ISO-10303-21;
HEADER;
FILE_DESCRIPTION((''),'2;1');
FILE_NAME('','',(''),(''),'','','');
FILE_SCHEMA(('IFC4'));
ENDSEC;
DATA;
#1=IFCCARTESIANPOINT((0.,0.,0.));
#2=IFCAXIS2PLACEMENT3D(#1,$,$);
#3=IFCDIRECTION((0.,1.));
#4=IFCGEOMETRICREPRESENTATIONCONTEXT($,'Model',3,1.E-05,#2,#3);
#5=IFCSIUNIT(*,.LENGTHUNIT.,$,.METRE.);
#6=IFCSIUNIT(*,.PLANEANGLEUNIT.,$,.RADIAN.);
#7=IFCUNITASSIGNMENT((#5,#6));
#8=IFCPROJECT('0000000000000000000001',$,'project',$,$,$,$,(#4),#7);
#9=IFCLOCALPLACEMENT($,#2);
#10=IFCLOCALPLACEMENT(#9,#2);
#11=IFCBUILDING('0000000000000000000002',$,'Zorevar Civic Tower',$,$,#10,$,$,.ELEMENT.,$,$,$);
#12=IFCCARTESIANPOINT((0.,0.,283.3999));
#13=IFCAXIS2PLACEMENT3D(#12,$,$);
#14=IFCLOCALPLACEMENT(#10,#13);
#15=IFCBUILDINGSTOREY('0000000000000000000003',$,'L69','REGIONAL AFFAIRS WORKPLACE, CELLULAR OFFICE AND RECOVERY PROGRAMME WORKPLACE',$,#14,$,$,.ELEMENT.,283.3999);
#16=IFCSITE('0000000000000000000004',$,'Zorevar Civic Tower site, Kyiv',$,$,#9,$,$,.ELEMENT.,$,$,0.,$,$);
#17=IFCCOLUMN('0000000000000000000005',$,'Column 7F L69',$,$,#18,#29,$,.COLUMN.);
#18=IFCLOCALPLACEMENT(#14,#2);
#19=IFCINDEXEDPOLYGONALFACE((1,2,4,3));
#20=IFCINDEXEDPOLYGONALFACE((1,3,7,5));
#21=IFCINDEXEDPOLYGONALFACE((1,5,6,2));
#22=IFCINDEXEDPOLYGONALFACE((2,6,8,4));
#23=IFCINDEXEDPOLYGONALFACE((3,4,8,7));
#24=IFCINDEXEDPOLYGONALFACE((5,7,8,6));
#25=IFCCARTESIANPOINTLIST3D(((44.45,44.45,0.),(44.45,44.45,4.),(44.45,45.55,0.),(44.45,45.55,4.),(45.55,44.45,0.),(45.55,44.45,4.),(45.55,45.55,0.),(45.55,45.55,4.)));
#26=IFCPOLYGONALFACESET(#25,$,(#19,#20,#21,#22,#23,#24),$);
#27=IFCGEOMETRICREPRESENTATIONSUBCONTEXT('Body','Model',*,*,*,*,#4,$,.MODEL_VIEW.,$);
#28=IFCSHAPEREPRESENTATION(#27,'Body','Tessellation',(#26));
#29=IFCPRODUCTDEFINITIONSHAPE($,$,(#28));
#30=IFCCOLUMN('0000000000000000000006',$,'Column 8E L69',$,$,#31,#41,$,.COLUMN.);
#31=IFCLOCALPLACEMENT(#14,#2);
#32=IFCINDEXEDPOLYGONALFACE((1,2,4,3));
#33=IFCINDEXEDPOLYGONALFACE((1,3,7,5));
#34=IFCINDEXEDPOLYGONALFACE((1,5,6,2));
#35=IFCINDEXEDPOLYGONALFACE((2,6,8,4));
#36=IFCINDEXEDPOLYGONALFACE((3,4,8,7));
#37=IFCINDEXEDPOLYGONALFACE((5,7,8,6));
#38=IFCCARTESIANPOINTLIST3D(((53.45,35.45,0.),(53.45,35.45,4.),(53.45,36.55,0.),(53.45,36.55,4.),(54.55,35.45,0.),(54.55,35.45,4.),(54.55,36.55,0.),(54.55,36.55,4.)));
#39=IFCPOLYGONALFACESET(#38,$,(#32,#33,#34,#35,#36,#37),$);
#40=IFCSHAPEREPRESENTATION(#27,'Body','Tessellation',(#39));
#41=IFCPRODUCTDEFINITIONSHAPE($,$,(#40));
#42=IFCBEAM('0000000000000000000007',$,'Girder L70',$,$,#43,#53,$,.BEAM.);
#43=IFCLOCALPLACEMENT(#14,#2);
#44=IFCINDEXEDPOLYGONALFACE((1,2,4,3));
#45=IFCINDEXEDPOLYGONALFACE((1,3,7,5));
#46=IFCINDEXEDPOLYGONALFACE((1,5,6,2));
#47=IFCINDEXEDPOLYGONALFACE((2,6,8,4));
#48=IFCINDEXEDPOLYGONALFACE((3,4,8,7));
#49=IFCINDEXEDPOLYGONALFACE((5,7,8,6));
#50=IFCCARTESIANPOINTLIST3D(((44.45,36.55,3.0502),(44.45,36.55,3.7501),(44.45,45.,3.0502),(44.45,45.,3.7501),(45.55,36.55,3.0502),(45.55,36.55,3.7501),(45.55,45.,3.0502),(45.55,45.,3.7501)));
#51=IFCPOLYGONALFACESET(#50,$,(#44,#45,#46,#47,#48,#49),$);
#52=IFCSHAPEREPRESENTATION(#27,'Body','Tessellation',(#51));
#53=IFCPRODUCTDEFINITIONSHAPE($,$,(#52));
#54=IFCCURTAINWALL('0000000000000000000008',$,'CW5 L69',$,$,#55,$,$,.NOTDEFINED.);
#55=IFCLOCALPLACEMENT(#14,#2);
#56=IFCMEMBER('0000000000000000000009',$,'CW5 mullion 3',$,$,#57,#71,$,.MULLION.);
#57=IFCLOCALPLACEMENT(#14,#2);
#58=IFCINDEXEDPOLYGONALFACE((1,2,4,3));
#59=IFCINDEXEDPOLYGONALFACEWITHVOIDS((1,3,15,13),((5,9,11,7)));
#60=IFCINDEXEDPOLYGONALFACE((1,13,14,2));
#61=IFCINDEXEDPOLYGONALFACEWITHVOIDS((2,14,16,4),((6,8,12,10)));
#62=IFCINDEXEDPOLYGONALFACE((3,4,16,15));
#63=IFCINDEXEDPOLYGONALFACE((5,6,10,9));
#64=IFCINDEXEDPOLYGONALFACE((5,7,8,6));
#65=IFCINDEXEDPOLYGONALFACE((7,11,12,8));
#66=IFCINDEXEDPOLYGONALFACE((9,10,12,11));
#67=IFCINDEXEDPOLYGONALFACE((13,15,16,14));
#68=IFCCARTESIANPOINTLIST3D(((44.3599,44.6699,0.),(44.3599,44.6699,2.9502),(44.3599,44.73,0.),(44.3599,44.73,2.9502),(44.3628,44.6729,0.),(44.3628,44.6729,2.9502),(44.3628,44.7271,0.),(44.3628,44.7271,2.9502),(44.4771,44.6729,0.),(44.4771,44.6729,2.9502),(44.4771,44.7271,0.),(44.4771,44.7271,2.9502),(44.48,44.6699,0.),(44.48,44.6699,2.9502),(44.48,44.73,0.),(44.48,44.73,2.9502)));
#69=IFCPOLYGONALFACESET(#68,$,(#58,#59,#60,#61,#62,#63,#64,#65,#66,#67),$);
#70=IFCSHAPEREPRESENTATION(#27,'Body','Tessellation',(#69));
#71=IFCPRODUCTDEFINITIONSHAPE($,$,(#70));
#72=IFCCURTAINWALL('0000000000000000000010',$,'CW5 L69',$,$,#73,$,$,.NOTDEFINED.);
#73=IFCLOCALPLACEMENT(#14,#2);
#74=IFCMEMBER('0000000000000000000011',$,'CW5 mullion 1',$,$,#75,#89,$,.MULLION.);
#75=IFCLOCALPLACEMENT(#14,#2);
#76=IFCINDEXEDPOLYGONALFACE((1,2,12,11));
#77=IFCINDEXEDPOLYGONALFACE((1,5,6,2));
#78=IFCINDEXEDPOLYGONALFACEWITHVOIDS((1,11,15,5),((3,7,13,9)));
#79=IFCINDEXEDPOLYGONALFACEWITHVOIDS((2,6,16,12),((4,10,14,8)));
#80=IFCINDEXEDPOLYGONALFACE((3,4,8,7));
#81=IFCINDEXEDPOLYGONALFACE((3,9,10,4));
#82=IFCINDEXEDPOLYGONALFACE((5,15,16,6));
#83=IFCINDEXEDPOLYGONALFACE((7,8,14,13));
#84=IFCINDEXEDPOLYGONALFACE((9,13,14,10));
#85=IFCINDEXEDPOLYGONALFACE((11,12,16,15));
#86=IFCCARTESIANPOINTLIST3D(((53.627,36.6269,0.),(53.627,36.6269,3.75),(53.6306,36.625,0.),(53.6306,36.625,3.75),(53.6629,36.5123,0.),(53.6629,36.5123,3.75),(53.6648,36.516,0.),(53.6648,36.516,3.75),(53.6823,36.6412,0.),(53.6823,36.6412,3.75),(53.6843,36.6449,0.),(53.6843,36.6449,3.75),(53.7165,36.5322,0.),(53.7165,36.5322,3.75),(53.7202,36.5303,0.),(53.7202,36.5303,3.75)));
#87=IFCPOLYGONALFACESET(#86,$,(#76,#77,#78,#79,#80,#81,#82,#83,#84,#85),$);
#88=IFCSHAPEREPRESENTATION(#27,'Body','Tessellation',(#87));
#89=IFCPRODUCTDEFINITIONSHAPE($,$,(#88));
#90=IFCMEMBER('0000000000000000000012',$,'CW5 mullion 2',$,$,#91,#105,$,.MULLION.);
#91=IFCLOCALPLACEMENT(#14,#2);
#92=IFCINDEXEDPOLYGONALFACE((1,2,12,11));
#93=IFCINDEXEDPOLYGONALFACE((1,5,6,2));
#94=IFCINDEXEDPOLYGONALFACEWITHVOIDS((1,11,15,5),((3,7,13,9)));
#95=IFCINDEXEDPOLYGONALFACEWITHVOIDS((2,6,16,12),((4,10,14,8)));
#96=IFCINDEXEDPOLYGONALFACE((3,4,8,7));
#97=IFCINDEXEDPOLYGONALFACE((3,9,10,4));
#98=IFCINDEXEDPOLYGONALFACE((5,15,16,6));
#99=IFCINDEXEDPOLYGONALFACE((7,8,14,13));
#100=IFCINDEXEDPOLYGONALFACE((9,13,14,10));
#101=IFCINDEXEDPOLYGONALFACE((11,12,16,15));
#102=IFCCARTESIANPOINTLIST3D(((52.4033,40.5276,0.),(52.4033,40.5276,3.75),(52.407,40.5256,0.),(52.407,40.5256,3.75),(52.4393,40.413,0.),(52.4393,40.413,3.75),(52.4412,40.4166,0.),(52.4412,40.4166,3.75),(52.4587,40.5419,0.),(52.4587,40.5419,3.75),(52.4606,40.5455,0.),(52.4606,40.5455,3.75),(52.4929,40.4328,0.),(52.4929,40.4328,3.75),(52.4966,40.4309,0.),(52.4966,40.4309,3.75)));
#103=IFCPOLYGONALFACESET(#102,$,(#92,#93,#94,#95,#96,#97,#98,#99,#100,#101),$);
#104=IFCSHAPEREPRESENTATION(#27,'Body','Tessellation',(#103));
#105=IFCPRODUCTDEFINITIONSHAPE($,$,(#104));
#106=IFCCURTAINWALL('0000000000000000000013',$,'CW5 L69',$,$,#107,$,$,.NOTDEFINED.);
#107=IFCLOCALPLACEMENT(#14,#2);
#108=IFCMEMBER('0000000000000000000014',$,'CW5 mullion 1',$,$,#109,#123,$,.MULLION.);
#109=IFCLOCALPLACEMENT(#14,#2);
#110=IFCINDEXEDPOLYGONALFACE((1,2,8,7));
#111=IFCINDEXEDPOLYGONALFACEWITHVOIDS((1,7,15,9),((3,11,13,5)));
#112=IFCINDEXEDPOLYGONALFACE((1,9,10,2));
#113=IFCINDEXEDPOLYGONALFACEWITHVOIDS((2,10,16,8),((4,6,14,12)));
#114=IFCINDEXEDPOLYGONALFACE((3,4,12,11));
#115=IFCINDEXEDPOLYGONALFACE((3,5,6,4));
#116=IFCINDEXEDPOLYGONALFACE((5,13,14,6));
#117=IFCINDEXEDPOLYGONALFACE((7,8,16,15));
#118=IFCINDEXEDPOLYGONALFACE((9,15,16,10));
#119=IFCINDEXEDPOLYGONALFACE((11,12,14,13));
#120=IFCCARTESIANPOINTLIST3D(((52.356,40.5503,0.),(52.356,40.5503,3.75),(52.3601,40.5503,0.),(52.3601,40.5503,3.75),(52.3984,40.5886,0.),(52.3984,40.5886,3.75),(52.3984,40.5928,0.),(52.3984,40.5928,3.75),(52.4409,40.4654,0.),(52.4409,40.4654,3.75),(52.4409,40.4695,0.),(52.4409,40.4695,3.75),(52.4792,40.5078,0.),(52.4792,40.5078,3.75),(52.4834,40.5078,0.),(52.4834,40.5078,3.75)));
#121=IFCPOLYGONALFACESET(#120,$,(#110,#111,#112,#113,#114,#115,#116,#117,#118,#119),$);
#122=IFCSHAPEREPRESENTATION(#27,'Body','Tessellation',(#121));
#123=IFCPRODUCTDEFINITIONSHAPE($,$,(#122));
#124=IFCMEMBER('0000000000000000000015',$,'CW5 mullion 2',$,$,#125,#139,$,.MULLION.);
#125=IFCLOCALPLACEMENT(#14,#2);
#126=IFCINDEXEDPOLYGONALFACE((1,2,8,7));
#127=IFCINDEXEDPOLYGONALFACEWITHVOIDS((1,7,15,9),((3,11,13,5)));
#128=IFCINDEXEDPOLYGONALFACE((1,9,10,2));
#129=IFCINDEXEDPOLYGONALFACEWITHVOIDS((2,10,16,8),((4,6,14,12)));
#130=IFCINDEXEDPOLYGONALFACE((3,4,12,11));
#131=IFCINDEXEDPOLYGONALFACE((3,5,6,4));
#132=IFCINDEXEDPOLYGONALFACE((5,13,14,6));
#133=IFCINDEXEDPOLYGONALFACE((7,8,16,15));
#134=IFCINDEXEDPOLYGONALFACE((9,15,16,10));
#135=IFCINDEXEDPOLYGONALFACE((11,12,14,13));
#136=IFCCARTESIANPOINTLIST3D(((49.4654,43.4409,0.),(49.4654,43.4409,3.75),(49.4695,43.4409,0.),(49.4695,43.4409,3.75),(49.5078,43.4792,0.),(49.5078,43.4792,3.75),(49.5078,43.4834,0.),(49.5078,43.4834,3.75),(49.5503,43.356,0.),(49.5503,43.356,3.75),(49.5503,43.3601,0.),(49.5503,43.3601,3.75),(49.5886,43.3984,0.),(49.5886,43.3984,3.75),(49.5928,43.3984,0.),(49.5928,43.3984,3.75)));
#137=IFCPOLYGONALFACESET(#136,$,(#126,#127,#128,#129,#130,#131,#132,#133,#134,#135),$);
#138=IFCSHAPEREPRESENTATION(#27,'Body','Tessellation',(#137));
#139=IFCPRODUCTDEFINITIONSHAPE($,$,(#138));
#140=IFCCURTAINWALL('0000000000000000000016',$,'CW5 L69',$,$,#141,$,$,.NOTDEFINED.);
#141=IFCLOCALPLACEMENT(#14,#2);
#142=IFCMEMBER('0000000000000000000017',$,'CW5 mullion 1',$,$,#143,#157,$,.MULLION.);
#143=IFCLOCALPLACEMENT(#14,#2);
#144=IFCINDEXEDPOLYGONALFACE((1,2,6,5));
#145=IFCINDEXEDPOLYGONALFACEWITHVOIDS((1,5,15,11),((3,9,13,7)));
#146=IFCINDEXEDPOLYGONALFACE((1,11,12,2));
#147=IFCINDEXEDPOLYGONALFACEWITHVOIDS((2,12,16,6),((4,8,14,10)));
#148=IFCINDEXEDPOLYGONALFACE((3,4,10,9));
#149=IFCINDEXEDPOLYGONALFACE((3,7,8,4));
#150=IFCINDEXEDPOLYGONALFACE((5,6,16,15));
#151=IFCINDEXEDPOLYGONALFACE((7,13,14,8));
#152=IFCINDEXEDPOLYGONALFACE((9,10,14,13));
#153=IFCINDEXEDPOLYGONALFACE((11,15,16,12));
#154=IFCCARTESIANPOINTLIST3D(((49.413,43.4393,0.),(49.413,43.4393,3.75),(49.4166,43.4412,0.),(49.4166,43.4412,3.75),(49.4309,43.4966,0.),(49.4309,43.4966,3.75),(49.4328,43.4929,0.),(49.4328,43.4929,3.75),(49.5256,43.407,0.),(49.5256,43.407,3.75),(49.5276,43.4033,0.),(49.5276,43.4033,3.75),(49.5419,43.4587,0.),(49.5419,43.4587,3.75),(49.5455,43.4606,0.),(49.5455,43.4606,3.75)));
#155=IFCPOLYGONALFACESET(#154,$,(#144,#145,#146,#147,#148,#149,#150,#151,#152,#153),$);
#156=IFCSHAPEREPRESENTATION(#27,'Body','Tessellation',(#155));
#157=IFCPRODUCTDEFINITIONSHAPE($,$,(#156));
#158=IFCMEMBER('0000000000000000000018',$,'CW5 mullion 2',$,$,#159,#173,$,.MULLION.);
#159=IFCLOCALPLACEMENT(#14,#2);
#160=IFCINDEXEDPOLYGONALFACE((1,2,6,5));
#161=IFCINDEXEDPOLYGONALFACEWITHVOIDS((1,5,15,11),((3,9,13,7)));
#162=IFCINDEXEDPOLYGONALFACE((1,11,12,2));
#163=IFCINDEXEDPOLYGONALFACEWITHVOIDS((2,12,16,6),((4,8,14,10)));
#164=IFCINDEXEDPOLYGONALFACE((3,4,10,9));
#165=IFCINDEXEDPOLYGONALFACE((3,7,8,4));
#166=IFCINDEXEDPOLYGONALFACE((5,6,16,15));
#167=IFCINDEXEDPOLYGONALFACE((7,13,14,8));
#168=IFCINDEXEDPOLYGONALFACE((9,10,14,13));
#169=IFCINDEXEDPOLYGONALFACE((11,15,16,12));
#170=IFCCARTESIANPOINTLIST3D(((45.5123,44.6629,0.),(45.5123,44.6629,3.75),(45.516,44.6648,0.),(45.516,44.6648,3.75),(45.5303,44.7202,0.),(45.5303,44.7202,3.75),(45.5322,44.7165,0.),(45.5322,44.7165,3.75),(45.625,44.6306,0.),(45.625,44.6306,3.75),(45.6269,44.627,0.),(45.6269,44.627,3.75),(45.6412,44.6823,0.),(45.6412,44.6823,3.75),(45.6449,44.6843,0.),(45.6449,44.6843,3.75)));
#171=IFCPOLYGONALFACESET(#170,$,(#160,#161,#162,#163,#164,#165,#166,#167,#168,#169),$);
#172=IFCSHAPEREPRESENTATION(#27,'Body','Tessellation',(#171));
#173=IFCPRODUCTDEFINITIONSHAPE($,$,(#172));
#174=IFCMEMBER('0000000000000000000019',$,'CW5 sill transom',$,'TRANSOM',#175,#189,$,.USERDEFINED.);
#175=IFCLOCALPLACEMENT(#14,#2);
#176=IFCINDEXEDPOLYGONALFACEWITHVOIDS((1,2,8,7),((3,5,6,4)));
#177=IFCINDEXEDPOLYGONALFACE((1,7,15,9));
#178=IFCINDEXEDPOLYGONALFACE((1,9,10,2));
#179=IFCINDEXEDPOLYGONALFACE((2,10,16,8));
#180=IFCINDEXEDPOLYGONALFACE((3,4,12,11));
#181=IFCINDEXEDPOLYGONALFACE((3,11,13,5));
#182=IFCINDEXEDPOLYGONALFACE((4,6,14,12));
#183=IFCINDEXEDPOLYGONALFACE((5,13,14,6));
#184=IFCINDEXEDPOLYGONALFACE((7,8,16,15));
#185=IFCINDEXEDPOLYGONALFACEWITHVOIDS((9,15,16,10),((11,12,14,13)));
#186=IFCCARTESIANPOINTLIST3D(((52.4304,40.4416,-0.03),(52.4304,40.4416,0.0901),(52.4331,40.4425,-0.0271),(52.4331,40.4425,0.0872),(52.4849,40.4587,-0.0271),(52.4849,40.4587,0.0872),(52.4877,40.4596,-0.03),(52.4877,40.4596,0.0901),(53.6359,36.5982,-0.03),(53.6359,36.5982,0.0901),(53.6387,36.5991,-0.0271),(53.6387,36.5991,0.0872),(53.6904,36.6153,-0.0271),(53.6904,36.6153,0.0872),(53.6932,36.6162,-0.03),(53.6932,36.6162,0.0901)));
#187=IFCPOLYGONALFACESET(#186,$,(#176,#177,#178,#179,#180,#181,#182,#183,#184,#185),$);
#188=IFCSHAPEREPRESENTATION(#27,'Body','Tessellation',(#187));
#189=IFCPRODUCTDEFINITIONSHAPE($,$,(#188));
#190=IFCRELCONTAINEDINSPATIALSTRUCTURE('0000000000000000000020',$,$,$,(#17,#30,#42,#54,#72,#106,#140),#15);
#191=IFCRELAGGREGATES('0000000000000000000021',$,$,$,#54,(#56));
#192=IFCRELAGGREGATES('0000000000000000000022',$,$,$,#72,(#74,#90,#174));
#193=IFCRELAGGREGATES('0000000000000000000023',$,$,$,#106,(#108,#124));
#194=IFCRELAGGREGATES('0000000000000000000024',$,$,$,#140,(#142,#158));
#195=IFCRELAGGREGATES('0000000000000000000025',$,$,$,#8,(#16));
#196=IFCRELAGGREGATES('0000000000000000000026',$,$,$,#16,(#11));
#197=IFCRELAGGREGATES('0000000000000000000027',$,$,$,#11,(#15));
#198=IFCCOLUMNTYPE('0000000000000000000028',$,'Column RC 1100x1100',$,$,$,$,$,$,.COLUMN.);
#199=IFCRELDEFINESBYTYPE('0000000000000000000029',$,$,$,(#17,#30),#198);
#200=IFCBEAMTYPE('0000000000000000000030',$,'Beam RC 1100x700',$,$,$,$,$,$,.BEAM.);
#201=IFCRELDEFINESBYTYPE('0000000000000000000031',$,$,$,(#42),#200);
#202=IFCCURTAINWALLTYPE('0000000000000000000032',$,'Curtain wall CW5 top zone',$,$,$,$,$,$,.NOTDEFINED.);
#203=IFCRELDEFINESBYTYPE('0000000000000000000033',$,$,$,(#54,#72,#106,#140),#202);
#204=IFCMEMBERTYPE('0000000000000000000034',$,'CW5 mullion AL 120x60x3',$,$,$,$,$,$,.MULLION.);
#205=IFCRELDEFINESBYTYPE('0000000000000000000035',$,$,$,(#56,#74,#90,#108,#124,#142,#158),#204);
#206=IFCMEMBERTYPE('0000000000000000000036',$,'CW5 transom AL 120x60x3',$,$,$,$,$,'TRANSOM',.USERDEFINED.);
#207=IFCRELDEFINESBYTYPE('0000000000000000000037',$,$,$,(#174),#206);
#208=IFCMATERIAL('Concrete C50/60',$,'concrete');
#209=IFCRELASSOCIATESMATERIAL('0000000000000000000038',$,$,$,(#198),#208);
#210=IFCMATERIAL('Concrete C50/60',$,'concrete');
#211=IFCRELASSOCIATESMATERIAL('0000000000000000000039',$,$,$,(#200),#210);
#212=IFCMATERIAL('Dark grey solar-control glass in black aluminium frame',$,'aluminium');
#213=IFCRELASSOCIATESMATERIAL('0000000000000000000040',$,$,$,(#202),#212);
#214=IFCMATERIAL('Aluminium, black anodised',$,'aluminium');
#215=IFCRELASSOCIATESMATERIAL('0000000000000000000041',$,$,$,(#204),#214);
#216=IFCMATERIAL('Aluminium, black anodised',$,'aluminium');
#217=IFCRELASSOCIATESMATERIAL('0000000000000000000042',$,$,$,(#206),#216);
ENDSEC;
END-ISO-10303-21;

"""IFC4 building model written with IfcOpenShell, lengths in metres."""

from ifc_helpers import new_model, si_unit, direction, frame, origin, origin_2d, place, context, subcontext, project, spatial, rectangle, hollow_rectangle, extrude, material, material_profile, profile_set, type_object, element, aggregate, save


model = new_model("IFC4")

# Units and contexts
model_context = context("Model", 3, precision=1e-05, world=origin(), true_north=direction((0.0, 1.0)))
body_context = subcontext(model_context, "Body", "Model", "MODEL_VIEW")
ifc_project = project(units=[si_unit("LENGTHUNIT", "METRE"), si_unit("PLANEANGLEUNIT", "RADIAN")], contexts=[model_context])

# Site, building, storey
site_placement = place(None, origin())
site = spatial("IfcSite", under=ifc_project, at=site_placement, Name="Zorevar Civic Tower site, Kyiv", CompositionType="ELEMENT", RefElevation=0.0)
building_placement = place(site_placement, origin())
building = spatial("IfcBuilding", under=site, at=building_placement, Name="Zorevar Civic Tower", CompositionType="ELEMENT")
storey_placement = place(building_placement, frame((0.0, 0.0, 283.3999)))
storey = spatial("IfcBuildingStorey", under=building, at=storey_placement, Name="L69", Description="REGIONAL AFFAIRS WORKPLACE, CELLULAR OFFICE AND RECOVERY PROGRAMME WORKPLACE", CompositionType="ELEMENT", Elevation=283.3999)

# Columns
ifc_material_1 = material(Name="Concrete C50/60", Category="concrete")
ifc_material_profile_1 = material_profile(ifc_material_1, rectangle(XDim=1.1001, YDim=1.1001, at=origin_2d()), Name="RC 1100x1100")
ifc_profile_set_1 = profile_set([ifc_material_profile_1], Name="Concrete C50/60")
column_type = type_object("IfcColumnType", Name="Column RC 1100x1100", PredefinedType="COLUMN", material=ifc_profile_set_1)
for number, where, z_axis, x_axis, name in (
    (1, (45.0, 45.0, 0.0), (0.0, 0.0, 1.0), (1.0, 0.0, 0.0), "Column 7F L69"),
    (2, (54.0, 36.0, 0.0), (0.0, 0.0, 1.0), (1.0, 0.0, 0.0), "Column 8E L69"),
):
    element("IfcColumn", number, at=place(storey_placement, frame(where, z_axis=z_axis, x_axis=x_axis)), inside=storey, type_object=column_type, Name=name, PredefinedType="COLUMN", context=body_context, shape_type="SweptSolid", body=[
        extrude(rectangle(XDim=1.1001, YDim=1.1001, at=origin_2d()), origin(), (0.0, 0.0, 1.0), 4.0),
    ])

# Beam
ifc_material_2 = material(Name="Concrete C50/60", Category="concrete")
ifc_material_profile_2 = material_profile(ifc_material_2, rectangle(XDim=1.1001, YDim=0.7, at=origin_2d()), Name="RC 1100x700")
ifc_profile_set_2 = profile_set([ifc_material_profile_2], Name="Concrete C50/60")
beam_type_1 = type_object("IfcBeamType", Name="Beam RC 1100x700", PredefinedType="BEAM", material=ifc_profile_set_2)
beam_1_placement = place(storey_placement, frame((45.0, 36.55, 3.4001), z_axis=(0.0, 1.0, 0.0), x_axis=(-1.0, 0.0, 0.0)))
element("IfcBeam", 3, at=beam_1_placement, inside=storey, type_object=beam_type_1, Name="Girder L70", PredefinedType="BEAM", context=body_context, shape_type="SweptSolid", body=[
    extrude(rectangle(XDim=1.1001, YDim=0.7, at=origin_2d()), origin(), (0.0, 0.0, 1.0), 8.45),
])

# Curtain wall, member
ifc_material_3 = material(Name="Dark grey solar-control glass in black aluminium frame", Category="aluminium")
curtain_wall_type = type_object("IfcCurtainWallType", Name="Curtain wall CW5 top zone", PredefinedType="NOTDEFINED", material=ifc_material_3)
curtain_wall_1_placement = place(storey_placement, origin())
curtain_wall_1 = element("IfcCurtainWall", 4, at=curtain_wall_1_placement, inside=storey, type_object=curtain_wall_type, Name="CW5 L69", PredefinedType="NOTDEFINED")
ifc_material_4 = material(Name="Aluminium, black anodised", Category="aluminium")
ifc_material_profile_3 = material_profile(ifc_material_4, hollow_rectangle(XDim=0.0601, YDim=0.1201, WallThickness=0.0029, at=origin_2d()), Name="AL 120x60x3")
ifc_profile_set_3 = profile_set([ifc_material_profile_3], Name="Aluminium, black anodised")
member_type_1 = type_object("IfcMemberType", Name="CW5 mullion AL 120x60x3", PredefinedType="MULLION", material=ifc_profile_set_3)
member_1_placement = place(storey_placement, frame((44.4199, 44.7, 0.0), z_axis=(0.0, 0.0, 1.0), x_axis=(0.0, 1.0, 0.0)))
member_1 = element("IfcMember", 5, at=member_1_placement, type_object=member_type_1, Name="CW5 mullion 3", PredefinedType="MULLION", context=body_context, shape_type="SweptSolid", body=[
    extrude(hollow_rectangle(XDim=0.0601, YDim=0.1201, WallThickness=0.0029, at=origin_2d()), origin(), (0.0, 0.0, 1.0), 2.9502),
])

# Curtain walls, members
curtain_wall_2_placement = place(storey_placement, origin())
curtain_wall_2 = element("IfcCurtainWall", 6, at=curtain_wall_2_placement, inside=storey, type_object=curtain_wall_type, Name="CW5 L69", PredefinedType="NOTDEFINED")
member_2_placement = place(storey_placement, frame((53.6736, 36.5786, 0.0), z_axis=(0.0, 0.0, 1.0), x_axis=(-0.954153, -0.299318, 0.0)))
member_2 = element("IfcMember", 7, at=member_2_placement, type_object=member_type_1, Name="CW5 mullion 1", PredefinedType="MULLION", context=body_context, shape_type="SweptSolid", body=[
    extrude(hollow_rectangle(XDim=0.0601, YDim=0.1201, WallThickness=0.0029, at=origin_2d()), origin(), (0.0, 0.0, 1.0), 3.75),
])
member_3_placement = place(storey_placement, frame((52.45, 40.4792, 0.0), z_axis=(0.0, 0.0, 1.0), x_axis=(-0.954153, -0.299318, 0.0)))
member_3 = element("IfcMember", 8, at=member_3_placement, type_object=member_type_1, Name="CW5 mullion 2", PredefinedType="MULLION", context=body_context, shape_type="SweptSolid", body=[
    extrude(hollow_rectangle(XDim=0.0601, YDim=0.1201, WallThickness=0.0029, at=origin_2d()), origin(), (0.0, 0.0, 1.0), 3.75),
])
curtain_wall_3_placement = place(storey_placement, origin())
curtain_wall_3 = element("IfcCurtainWall", 9, at=curtain_wall_3_placement, inside=storey, type_object=curtain_wall_type, Name="CW5 L69", PredefinedType="NOTDEFINED")
member_4_placement = place(storey_placement, frame((52.4197, 40.5291, 0.0), z_axis=(0.0, 0.0, 1.0), x_axis=(-0.707107, -0.707107, 0.0)))
member_4 = element("IfcMember", 10, at=member_4_placement, type_object=member_type_1, Name="CW5 mullion 1", PredefinedType="MULLION", context=body_context, shape_type="SweptSolid", body=[
    extrude(hollow_rectangle(XDim=0.0601, YDim=0.1201, WallThickness=0.0029, at=origin_2d()), origin(), (0.0, 0.0, 1.0), 3.75),
])
member_5_placement = place(storey_placement, frame((49.5291, 43.4197, 0.0), z_axis=(0.0, 0.0, 1.0), x_axis=(-0.707107, -0.707107, 0.0)))
member_5 = element("IfcMember", 11, at=member_5_placement, type_object=member_type_1, Name="CW5 mullion 2", PredefinedType="MULLION", context=body_context, shape_type="SweptSolid", body=[
    extrude(hollow_rectangle(XDim=0.0601, YDim=0.1201, WallThickness=0.0029, at=origin_2d()), origin(), (0.0, 0.0, 1.0), 3.75),
])
curtain_wall_4_placement = place(storey_placement, origin())
curtain_wall_4 = element("IfcCurtainWall", 12, at=curtain_wall_4_placement, inside=storey, type_object=curtain_wall_type, Name="CW5 L69", PredefinedType="NOTDEFINED")
member_6_placement = place(storey_placement, frame((49.4792, 43.45, 0.0), z_axis=(0.0, 0.0, 1.0), x_axis=(-0.299318, -0.954153, 0.0)))
member_6 = element("IfcMember", 13, at=member_6_placement, type_object=member_type_1, Name="CW5 mullion 1", PredefinedType="MULLION", context=body_context, shape_type="SweptSolid", body=[
    extrude(hollow_rectangle(XDim=0.0601, YDim=0.1201, WallThickness=0.0029, at=origin_2d()), origin(), (0.0, 0.0, 1.0), 3.75),
])
member_7_placement = place(storey_placement, frame((45.5786, 44.6736, 0.0), z_axis=(0.0, 0.0, 1.0), x_axis=(-0.299318, -0.954153, 0.0)))
member_7 = element("IfcMember", 14, at=member_7_placement, type_object=member_type_1, Name="CW5 mullion 2", PredefinedType="MULLION", context=body_context, shape_type="SweptSolid", body=[
    extrude(hollow_rectangle(XDim=0.0601, YDim=0.1201, WallThickness=0.0029, at=origin_2d()), origin(), (0.0, 0.0, 1.0), 3.75),
])

# Member
ifc_material_5 = material(Name="Aluminium, black anodised", Category="aluminium")
ifc_material_profile_4 = material_profile(ifc_material_5, hollow_rectangle(XDim=0.0601, YDim=0.1201, WallThickness=0.0029, at=origin_2d()), Name="AL 120x60x3")
ifc_profile_set_4 = profile_set([ifc_material_profile_4], Name="Aluminium, black anodised")
member_type_2 = type_object("IfcMemberType", Name="CW5 transom AL 120x60x3", ElementType="TRANSOM", PredefinedType="USERDEFINED", material=ifc_profile_set_4)
member_8_placement = place(storey_placement, frame((53.6646, 36.6072, 0.03), z_axis=(-0.299286, 0.954163, 0.0), x_axis=(-0.954163, -0.299286, 0.0)))
member_8 = element("IfcMember", 15, at=member_8_placement, type_object=member_type_2, Name="CW5 sill transom", ObjectType="TRANSOM", PredefinedType="USERDEFINED", context=body_context, shape_type="SweptSolid", body=[
    extrude(hollow_rectangle(XDim=0.0601, YDim=0.1201, WallThickness=0.0029, at=origin_2d()), origin(), (0.0, 0.0, 1.0), 4.0281),
])

aggregate(curtain_wall_1, [member_1])
aggregate(curtain_wall_2, [member_2, member_3, member_8])
aggregate(curtain_wall_3, [member_4, member_5])
aggregate(curtain_wall_4, [member_6, member_7])

save(model, "model.ifc")
